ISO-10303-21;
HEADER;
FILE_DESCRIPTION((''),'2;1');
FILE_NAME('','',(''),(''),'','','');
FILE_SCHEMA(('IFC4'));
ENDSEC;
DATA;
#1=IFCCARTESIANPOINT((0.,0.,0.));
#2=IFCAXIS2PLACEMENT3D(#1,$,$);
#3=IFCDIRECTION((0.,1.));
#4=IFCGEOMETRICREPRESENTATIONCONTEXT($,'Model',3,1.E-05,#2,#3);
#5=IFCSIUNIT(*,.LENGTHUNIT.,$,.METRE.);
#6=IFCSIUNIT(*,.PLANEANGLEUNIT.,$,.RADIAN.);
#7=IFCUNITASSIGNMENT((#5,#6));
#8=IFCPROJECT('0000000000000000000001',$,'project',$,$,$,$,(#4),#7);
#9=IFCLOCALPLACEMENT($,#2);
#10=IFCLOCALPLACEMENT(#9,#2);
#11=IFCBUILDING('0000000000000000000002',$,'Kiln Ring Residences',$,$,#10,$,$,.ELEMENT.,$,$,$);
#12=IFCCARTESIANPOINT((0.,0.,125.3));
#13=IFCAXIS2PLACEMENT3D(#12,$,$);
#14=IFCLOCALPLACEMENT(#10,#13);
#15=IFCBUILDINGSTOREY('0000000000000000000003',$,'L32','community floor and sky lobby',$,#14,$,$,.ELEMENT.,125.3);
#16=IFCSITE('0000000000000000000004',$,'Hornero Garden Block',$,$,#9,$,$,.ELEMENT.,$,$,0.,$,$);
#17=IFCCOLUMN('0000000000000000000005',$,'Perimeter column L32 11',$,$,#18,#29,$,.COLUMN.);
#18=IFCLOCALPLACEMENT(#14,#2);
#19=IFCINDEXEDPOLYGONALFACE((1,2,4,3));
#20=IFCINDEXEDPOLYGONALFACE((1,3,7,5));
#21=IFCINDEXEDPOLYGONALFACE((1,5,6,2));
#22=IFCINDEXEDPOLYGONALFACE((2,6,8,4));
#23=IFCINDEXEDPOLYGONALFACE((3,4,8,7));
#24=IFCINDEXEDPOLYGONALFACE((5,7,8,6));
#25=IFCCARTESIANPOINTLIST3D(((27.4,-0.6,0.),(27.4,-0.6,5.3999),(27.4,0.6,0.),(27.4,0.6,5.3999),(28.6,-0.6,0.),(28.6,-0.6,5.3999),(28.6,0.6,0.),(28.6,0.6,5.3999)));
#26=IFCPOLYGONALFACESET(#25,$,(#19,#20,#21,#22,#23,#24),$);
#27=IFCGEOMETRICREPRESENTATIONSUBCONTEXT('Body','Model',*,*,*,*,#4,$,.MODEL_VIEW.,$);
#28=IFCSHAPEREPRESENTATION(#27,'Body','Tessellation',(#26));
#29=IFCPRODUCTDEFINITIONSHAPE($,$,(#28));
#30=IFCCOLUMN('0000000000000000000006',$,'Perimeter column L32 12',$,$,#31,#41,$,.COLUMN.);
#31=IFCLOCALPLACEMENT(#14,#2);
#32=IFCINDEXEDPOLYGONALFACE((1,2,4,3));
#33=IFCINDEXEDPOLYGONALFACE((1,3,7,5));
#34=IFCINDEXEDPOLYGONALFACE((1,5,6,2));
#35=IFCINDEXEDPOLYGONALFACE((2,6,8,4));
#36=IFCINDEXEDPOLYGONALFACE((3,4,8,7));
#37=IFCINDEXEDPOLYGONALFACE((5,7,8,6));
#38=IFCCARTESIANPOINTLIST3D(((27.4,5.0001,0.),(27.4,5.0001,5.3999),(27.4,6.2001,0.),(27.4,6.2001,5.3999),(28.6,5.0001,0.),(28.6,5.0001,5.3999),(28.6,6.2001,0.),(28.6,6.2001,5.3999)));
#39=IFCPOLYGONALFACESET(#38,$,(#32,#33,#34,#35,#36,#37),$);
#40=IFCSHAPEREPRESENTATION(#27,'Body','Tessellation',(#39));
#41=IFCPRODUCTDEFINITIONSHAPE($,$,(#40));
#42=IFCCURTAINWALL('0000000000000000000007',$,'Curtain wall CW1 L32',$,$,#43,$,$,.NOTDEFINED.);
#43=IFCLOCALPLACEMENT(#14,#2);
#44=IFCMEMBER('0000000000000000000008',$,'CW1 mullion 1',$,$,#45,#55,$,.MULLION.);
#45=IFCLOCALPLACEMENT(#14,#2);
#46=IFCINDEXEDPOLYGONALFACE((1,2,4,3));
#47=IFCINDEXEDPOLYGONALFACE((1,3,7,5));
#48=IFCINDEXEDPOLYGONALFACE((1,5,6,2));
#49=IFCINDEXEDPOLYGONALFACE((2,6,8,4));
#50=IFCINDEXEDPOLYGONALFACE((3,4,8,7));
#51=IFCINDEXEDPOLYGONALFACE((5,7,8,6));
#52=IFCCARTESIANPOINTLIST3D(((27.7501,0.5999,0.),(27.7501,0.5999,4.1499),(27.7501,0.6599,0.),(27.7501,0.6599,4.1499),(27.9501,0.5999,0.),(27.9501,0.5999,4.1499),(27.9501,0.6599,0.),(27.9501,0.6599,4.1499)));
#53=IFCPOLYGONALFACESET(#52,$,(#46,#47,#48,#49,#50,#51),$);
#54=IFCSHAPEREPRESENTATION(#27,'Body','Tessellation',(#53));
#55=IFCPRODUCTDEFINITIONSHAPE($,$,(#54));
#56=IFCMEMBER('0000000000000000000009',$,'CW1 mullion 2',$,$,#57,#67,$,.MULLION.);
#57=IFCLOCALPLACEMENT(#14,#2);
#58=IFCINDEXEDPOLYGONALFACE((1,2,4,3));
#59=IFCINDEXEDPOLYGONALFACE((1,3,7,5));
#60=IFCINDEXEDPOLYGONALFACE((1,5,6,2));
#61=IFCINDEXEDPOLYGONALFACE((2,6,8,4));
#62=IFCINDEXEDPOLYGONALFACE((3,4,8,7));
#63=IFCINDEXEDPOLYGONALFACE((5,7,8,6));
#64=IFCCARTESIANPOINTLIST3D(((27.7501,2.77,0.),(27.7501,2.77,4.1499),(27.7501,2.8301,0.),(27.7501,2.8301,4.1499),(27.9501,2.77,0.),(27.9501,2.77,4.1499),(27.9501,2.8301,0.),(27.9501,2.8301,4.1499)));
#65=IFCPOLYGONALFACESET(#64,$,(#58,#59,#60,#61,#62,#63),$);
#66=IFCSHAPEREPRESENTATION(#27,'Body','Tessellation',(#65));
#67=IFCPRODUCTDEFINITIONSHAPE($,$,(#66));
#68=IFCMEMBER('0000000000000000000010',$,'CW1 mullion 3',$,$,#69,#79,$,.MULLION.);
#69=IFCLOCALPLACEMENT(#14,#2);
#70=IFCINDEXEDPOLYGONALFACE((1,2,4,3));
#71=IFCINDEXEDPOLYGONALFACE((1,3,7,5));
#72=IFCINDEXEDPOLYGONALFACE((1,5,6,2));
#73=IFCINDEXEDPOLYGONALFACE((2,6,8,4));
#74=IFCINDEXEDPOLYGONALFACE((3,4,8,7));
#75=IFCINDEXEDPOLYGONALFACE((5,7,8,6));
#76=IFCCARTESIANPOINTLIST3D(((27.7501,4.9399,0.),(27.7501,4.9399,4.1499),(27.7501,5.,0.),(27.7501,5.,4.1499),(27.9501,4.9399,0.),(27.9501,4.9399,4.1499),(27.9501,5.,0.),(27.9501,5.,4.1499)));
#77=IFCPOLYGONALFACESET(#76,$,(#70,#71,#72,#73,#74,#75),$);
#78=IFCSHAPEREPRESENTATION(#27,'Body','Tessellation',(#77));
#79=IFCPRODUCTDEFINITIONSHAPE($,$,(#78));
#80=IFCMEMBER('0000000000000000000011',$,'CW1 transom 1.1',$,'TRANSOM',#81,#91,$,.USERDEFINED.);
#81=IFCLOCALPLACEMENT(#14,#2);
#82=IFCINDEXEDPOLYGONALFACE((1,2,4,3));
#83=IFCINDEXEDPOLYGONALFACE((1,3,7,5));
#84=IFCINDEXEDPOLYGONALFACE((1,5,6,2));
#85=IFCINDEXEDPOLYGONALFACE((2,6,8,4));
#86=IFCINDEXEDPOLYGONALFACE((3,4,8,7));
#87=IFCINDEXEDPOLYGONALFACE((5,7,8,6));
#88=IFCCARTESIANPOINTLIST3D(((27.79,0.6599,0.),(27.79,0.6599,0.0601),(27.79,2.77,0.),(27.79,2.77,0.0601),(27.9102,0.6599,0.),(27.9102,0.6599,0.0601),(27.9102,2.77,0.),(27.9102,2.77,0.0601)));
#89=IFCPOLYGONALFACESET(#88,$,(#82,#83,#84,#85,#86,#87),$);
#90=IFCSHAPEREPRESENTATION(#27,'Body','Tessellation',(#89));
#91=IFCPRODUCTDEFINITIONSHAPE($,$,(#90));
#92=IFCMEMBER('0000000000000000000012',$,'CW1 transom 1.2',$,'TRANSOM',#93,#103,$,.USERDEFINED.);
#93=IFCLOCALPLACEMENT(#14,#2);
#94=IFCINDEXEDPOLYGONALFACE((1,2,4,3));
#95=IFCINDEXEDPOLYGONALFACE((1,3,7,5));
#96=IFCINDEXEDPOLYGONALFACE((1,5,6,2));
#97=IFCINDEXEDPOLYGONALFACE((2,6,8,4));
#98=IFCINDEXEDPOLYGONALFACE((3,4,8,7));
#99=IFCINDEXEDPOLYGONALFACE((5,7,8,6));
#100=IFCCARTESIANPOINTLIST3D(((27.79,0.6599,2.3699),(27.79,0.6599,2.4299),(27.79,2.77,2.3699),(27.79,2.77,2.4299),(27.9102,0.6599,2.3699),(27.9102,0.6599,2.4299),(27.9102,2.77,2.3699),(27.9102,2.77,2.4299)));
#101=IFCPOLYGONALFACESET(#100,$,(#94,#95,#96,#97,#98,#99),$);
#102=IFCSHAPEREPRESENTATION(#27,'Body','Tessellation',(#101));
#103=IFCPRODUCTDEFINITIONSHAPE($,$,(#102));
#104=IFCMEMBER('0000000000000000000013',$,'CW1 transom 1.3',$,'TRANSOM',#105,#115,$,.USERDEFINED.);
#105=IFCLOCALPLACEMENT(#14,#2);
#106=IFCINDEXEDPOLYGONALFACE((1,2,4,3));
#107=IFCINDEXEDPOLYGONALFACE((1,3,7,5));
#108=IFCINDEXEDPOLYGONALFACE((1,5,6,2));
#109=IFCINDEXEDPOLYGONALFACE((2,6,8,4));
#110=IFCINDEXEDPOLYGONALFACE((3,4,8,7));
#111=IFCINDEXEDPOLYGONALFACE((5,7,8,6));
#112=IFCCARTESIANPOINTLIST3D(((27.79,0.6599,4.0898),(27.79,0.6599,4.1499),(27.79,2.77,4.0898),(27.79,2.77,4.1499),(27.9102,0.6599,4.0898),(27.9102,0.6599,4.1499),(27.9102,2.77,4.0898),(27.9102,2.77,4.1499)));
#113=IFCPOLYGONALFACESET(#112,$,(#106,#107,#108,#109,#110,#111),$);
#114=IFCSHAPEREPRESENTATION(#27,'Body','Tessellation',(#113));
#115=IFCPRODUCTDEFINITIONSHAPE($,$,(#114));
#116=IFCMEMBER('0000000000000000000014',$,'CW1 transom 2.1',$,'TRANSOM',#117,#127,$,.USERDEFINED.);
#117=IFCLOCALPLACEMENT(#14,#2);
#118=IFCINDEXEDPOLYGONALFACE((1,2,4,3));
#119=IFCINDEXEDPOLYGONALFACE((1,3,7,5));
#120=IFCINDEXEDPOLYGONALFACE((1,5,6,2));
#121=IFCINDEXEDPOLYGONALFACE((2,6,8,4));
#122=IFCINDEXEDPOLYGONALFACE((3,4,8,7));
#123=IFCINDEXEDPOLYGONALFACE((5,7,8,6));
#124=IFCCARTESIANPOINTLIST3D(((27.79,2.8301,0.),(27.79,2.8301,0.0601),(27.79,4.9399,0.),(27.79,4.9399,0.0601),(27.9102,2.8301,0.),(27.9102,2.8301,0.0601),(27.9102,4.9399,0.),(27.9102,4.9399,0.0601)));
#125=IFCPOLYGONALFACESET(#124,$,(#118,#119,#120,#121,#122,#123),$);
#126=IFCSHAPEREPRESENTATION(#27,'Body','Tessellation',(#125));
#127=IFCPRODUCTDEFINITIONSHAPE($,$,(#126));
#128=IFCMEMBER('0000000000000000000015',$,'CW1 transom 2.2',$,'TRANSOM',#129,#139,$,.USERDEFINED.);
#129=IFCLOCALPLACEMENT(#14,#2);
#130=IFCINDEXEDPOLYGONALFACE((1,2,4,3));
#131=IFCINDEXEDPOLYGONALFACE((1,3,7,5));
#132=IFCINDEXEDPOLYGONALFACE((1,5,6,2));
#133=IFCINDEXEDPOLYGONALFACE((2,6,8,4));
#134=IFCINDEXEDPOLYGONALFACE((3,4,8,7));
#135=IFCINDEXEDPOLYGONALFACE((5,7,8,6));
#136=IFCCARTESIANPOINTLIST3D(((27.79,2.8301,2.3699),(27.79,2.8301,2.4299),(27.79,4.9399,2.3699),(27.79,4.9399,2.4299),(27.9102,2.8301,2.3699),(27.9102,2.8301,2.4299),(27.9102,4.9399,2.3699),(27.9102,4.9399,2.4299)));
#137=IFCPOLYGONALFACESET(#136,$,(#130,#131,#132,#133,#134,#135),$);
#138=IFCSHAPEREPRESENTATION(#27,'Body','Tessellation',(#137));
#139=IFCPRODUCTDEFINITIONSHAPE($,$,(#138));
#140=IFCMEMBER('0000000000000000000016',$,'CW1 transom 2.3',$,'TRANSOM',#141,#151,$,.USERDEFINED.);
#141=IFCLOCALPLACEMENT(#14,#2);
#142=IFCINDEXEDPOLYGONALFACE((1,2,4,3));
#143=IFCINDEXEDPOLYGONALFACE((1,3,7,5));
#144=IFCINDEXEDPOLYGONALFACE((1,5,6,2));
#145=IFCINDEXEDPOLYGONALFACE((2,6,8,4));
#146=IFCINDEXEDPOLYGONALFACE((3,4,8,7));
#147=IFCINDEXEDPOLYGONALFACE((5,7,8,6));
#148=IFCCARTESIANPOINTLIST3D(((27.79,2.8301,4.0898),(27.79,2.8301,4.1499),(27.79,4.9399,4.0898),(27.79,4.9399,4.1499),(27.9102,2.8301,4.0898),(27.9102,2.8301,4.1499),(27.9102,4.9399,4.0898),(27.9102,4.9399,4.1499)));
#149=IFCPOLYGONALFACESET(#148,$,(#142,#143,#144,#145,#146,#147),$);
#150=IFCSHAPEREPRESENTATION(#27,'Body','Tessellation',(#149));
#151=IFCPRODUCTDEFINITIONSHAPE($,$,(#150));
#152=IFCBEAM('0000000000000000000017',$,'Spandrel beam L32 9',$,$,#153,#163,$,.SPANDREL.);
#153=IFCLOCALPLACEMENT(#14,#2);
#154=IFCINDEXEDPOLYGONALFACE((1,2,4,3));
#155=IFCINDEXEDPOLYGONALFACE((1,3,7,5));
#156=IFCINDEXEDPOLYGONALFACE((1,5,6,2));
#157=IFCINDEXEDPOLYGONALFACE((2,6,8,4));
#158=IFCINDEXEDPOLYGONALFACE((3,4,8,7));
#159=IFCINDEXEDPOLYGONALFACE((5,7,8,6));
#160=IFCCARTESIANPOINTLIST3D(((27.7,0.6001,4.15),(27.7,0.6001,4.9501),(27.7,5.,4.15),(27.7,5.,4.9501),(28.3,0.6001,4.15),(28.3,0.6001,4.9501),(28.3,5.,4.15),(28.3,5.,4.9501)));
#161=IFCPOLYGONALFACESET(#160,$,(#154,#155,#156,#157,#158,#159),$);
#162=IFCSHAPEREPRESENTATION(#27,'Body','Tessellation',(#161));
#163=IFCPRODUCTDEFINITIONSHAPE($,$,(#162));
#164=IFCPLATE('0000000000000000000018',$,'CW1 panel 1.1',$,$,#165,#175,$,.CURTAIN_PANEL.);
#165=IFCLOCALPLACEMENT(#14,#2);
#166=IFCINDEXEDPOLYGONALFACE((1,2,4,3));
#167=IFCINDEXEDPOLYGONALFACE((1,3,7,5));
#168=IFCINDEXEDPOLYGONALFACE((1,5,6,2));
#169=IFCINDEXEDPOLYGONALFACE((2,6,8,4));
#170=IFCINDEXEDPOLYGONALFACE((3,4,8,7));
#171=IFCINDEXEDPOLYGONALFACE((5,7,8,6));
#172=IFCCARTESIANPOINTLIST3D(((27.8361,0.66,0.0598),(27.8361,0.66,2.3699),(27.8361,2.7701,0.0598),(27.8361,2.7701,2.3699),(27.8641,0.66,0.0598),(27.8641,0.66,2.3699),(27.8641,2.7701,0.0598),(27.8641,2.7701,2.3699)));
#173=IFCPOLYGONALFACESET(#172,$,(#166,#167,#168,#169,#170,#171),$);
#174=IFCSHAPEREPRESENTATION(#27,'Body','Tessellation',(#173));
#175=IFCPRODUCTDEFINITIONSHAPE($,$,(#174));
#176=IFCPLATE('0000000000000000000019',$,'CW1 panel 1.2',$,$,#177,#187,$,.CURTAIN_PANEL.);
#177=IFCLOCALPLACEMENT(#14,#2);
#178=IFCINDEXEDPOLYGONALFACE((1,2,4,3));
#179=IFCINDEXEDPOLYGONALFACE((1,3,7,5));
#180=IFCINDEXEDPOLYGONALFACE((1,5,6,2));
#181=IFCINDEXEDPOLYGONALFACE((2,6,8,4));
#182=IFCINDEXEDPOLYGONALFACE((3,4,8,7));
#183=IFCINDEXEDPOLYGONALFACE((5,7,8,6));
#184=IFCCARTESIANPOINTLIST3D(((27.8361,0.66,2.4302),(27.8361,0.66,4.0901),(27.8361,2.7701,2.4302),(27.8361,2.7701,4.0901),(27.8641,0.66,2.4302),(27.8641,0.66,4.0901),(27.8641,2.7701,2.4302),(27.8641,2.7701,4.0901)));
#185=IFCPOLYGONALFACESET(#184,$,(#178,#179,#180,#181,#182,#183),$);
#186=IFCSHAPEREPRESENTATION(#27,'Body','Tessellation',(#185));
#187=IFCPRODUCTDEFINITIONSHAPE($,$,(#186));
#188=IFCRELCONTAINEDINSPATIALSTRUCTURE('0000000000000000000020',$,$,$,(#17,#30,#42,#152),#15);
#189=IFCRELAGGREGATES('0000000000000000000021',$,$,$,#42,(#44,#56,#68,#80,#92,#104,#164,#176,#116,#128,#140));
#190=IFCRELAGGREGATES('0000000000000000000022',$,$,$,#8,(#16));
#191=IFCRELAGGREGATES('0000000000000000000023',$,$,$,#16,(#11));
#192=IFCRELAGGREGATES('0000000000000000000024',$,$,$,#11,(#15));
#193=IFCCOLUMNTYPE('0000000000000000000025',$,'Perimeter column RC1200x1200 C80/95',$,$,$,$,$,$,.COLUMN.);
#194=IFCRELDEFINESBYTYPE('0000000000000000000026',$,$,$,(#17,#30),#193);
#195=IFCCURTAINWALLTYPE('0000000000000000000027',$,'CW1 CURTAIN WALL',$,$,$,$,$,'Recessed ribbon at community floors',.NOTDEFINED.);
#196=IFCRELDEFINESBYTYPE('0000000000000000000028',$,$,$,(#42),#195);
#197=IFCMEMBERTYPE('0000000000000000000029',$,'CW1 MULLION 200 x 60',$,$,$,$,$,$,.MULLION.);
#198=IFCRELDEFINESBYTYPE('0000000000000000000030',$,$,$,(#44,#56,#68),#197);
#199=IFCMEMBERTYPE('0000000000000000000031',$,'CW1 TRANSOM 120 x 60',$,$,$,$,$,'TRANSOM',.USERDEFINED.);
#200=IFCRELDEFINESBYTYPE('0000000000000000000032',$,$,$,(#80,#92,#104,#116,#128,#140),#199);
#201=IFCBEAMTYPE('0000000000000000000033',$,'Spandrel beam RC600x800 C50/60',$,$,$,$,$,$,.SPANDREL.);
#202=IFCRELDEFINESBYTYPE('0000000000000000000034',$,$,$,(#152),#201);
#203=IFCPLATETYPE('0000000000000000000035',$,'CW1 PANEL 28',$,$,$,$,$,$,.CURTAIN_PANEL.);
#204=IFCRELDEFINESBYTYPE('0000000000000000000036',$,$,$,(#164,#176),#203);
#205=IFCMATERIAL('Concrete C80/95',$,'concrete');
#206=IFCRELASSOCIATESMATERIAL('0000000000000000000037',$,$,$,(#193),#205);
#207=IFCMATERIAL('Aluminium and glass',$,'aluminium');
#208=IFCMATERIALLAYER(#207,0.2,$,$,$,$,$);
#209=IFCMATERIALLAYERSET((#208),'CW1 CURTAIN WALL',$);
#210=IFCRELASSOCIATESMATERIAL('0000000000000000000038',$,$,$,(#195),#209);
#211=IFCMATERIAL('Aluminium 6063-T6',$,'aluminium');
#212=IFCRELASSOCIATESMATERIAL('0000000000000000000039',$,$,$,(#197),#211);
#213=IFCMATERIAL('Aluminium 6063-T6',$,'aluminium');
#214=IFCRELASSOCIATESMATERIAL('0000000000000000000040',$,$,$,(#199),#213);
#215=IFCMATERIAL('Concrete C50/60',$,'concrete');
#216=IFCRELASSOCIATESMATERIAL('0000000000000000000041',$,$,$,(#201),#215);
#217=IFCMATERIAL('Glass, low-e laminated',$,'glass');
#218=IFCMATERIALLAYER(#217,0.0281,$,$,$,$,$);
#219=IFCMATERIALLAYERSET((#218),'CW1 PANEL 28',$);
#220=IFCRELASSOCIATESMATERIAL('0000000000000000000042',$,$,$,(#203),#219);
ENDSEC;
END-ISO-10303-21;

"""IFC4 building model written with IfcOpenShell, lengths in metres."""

from ifc_helpers import new_model, si_unit, direction, frame, origin, origin_2d, place, context, subcontext, project, spatial, rectangle, extrude, material, layer, layer_set, material_profile, profile_set, type_object, element, aggregate, save


model = new_model("IFC4")

# Units and contexts
model_context = context("Model", 3, precision=1e-05, world=origin(), true_north=direction((0.0, 1.0)))
body_context = subcontext(model_context, "Body", "Model", "MODEL_VIEW")
ifc_project = project(units=[si_unit("LENGTHUNIT", "METRE"), si_unit("PLANEANGLEUNIT", "RADIAN")], contexts=[model_context])

# Site, building, storey
site_placement = place(None, origin())
site = spatial("IfcSite", under=ifc_project, at=site_placement, Name="Hornero Garden Block", CompositionType="ELEMENT", RefElevation=0.0)
building_placement = place(site_placement, origin())
building = spatial("IfcBuilding", under=site, at=building_placement, Name="Kiln Ring Residences", CompositionType="ELEMENT")
storey_placement = place(building_placement, frame((0.0, 0.0, 125.3)))
storey = spatial("IfcBuildingStorey", under=building, at=storey_placement, Name="L32", Description="community floor and sky lobby", CompositionType="ELEMENT", Elevation=125.3)

# Columns
ifc_material_1 = material(Name="Concrete C80/95", Category="concrete")
ifc_material_profile_1 = material_profile(ifc_material_1, rectangle(XDim=1.2, YDim=1.2, at=origin_2d()), Name="RC1200x1200")
ifc_profile_set_1 = profile_set([ifc_material_profile_1], Name="Concrete C80/95")
column_type = type_object("IfcColumnType", Name="Perimeter column RC1200x1200 C80/95", PredefinedType="COLUMN", material=ifc_profile_set_1)
for number, where, z_axis, x_axis, name in (
    (1, (28.0, 0.0, 0.0), (0.0, 0.0, 1.0), (1.0, 0.0, 0.0), "Perimeter column L32 11"),
    (2, (28.0, 5.6001, 0.0), (0.0, 0.0, 1.0), (1.0, 0.0, 0.0), "Perimeter column L32 12"),
):
    element("IfcColumn", number, at=place(storey_placement, frame(where, z_axis=z_axis, x_axis=x_axis)), inside=storey, type_object=column_type, Name=name, PredefinedType="COLUMN", context=body_context, shape_type="SweptSolid", body=[
        extrude(rectangle(XDim=1.2, YDim=1.2, at=origin_2d()), origin(), (0.0, 0.0, 1.0), 5.3999),
    ])

# Curtain wall, members
ifc_material_2 = material(Name="Aluminium and glass", Category="aluminium")
ifc_layer_1 = layer(ifc_material_2, 0.2)
ifc_layer_set_1 = layer_set([ifc_layer_1], Name="CW1 CURTAIN WALL")
curtain_wall_type = type_object("IfcCurtainWallType", Name="CW1 CURTAIN WALL", ElementType="Recessed ribbon at community floors", PredefinedType="NOTDEFINED", material=ifc_layer_set_1)
placement = place(storey_placement, origin())
curtain_wall = element("IfcCurtainWall", 3, at=placement, inside=storey, type_object=curtain_wall_type, Name="Curtain wall CW1 L32", PredefinedType="NOTDEFINED")
ifc_material_3 = material(Name="Aluminium 6063-T6", Category="aluminium")
ifc_material_profile_2 = material_profile(ifc_material_3, rectangle(XDim=0.2, YDim=0.0601, at=origin_2d()), Name="AL 200x60")
ifc_profile_set_2 = profile_set([ifc_material_profile_2], Name="Aluminium 6063-T6")
member_type_1 = type_object("IfcMemberType", Name="CW1 MULLION 200 x 60", PredefinedType="MULLION", material=ifc_profile_set_2)
member_1_placement = place(storey_placement, frame((27.8501, 0.6299, 0.0), z_axis=(0.0, 0.0, 1.0), x_axis=(-1.0, 0.0, 0.0)))
member_1 = element("IfcMember", 4, at=member_1_placement, type_object=member_type_1, Name="CW1 mullion 1", PredefinedType="MULLION", context=body_context, shape_type="SweptSolid", body=[
    extrude(rectangle(XDim=0.2, YDim=0.0601, at=origin_2d()), origin(), (0.0, 0.0, 1.0), 4.1499),
])
member_2_placement = place(storey_placement, frame((27.8501, 2.8, 0.0), z_axis=(0.0, 0.0, 1.0), x_axis=(-1.0, 0.0, 0.0)))
member_2 = element("IfcMember", 5, at=member_2_placement, type_object=member_type_1, Name="CW1 mullion 2", PredefinedType="MULLION", context=body_context, shape_type="SweptSolid", body=[
    extrude(rectangle(XDim=0.2, YDim=0.0601, at=origin_2d()), origin(), (0.0, 0.0, 1.0), 4.1499),
])
member_3_placement = place(storey_placement, frame((27.8501, 4.97, 0.0), z_axis=(0.0, 0.0, 1.0), x_axis=(-1.0, 0.0, 0.0)))
member_3 = element("IfcMember", 6, at=member_3_placement, type_object=member_type_1, Name="CW1 mullion 3", PredefinedType="MULLION", context=body_context, shape_type="SweptSolid", body=[
    extrude(rectangle(XDim=0.2, YDim=0.0601, at=origin_2d()), origin(), (0.0, 0.0, 1.0), 4.1499),
])
ifc_material_4 = material(Name="Aluminium 6063-T6", Category="aluminium")
ifc_material_profile_3 = material_profile(ifc_material_4, rectangle(XDim=0.1201, YDim=0.0601, at=origin_2d()), Name="AL 120x60")
ifc_profile_set_3 = profile_set([ifc_material_profile_3], Name="Aluminium 6063-T6")
member_type_2 = type_object("IfcMemberType", Name="CW1 TRANSOM 120 x 60", ElementType="TRANSOM", PredefinedType="USERDEFINED", material=ifc_profile_set_3)
member_4_placement = place(storey_placement, frame((27.8501, 0.6599, 0.03), z_axis=(0.0, 1.0, 0.0), x_axis=(-1.0, 0.0, 0.0)))
member_4 = element("IfcMember", 7, at=member_4_placement, type_object=member_type_2, Name="CW1 transom 1.1", ObjectType="TRANSOM", PredefinedType="USERDEFINED", context=body_context, shape_type="SweptSolid", body=[
    extrude(rectangle(XDim=0.1201, YDim=0.0601, at=origin_2d()), origin(), (0.0, 0.0, 1.0), 2.1101),
])
member_5_placement = place(storey_placement, frame((27.8501, 0.6599, 2.3999), z_axis=(0.0, 1.0, 0.0), x_axis=(-1.0, 0.0, 0.0)))
member_5 = element("IfcMember", 8, at=member_5_placement, type_object=member_type_2, Name="CW1 transom 1.2", ObjectType="TRANSOM", PredefinedType="USERDEFINED", context=body_context, shape_type="SweptSolid", body=[
    extrude(rectangle(XDim=0.1201, YDim=0.0601, at=origin_2d()), origin(), (0.0, 0.0, 1.0), 2.1101),
])
member_6_placement = place(storey_placement, frame((27.8501, 0.6599, 4.1199), z_axis=(0.0, 1.0, 0.0), x_axis=(-1.0, 0.0, 0.0)))
member_6 = element("IfcMember", 9, at=member_6_placement, type_object=member_type_2, Name="CW1 transom 1.3", ObjectType="TRANSOM", PredefinedType="USERDEFINED", context=body_context, shape_type="SweptSolid", body=[
    extrude(rectangle(XDim=0.1201, YDim=0.0601, at=origin_2d()), origin(), (0.0, 0.0, 1.0), 2.1101),
])
member_7_placement = place(storey_placement, frame((27.8501, 2.8301, 0.03), z_axis=(0.0, 1.0, 0.0), x_axis=(-1.0, 0.0, 0.0)))
member_7 = element("IfcMember", 10, at=member_7_placement, type_object=member_type_2, Name="CW1 transom 2.1", ObjectType="TRANSOM", PredefinedType="USERDEFINED", context=body_context, shape_type="SweptSolid", body=[
    extrude(rectangle(XDim=0.1201, YDim=0.0601, at=origin_2d()), origin(), (0.0, 0.0, 1.0), 2.1099),
])
member_8_placement = place(storey_placement, frame((27.8501, 2.8301, 2.3999), z_axis=(0.0, 1.0, 0.0), x_axis=(-1.0, 0.0, 0.0)))
member_8 = element("IfcMember", 11, at=member_8_placement, type_object=member_type_2, Name="CW1 transom 2.2", ObjectType="TRANSOM", PredefinedType="USERDEFINED", context=body_context, shape_type="SweptSolid", body=[
    extrude(rectangle(XDim=0.1201, YDim=0.0601, at=origin_2d()), origin(), (0.0, 0.0, 1.0), 2.1099),
])
member_9_placement = place(storey_placement, frame((27.8501, 2.8301, 4.1199), z_axis=(0.0, 1.0, 0.0), x_axis=(-1.0, 0.0, 0.0)))
member_9 = element("IfcMember", 12, at=member_9_placement, type_object=member_type_2, Name="CW1 transom 2.3", ObjectType="TRANSOM", PredefinedType="USERDEFINED", context=body_context, shape_type="SweptSolid", body=[
    extrude(rectangle(XDim=0.1201, YDim=0.0601, at=origin_2d()), origin(), (0.0, 0.0, 1.0), 2.1099),
])

# Beam
ifc_material_5 = material(Name="Concrete C50/60", Category="concrete")
ifc_material_profile_4 = material_profile(ifc_material_5, rectangle(XDim=0.6001, YDim=0.8, at=origin_2d()), Name="RC600x800")
ifc_profile_set_4 = profile_set([ifc_material_profile_4], Name="Concrete C50/60")
beam_type = type_object("IfcBeamType", Name="Spandrel beam RC600x800 C50/60", PredefinedType="SPANDREL", material=ifc_profile_set_4)
beam_placement = place(storey_placement, frame((28.0, 0.6001, 4.55), z_axis=(0.0, 1.0, 0.0), x_axis=(-1.0, 0.0, 0.0)))
element("IfcBeam", 13, at=beam_placement, inside=storey, type_object=beam_type, Name="Spandrel beam L32 9", PredefinedType="SPANDREL", context=body_context, shape_type="SweptSolid", body=[
    extrude(rectangle(XDim=0.6001, YDim=0.8, at=origin_2d()), origin(), (0.0, 0.0, 1.0), 4.3999),
])

# Plates
ifc_material_6 = material(Name="Glass, low-e laminated", Category="glass")
ifc_layer_2 = layer(ifc_material_6, 0.0281)
ifc_layer_set_2 = layer_set([ifc_layer_2], Name="CW1 PANEL 28")
plate_type = type_object("IfcPlateType", Name="CW1 PANEL 28", PredefinedType="CURTAIN_PANEL", material=ifc_layer_set_2)
plate_1_placement = place(storey_placement, frame((27.8501, 1.7151, 0.0598), z_axis=(0.0, 0.0, 1.0), x_axis=(0.0, 1.0, 0.0)))
plate_1 = element("IfcPlate", 14, at=plate_1_placement, type_object=plate_type, Name="CW1 panel 1.1", PredefinedType="CURTAIN_PANEL", context=body_context, shape_type="SweptSolid", body=[
    extrude(rectangle(XDim=2.1101, YDim=0.0281, at=origin_2d()), origin(), (0.0, 0.0, 1.0), 2.3101),
])
plate_2_placement = place(storey_placement, frame((27.8501, 1.7151, 2.4302), z_axis=(0.0, 0.0, 1.0), x_axis=(0.0, 1.0, 0.0)))
plate_2 = element("IfcPlate", 15, at=plate_2_placement, type_object=plate_type, Name="CW1 panel 1.2", PredefinedType="CURTAIN_PANEL", context=body_context, shape_type="SweptSolid", body=[
    extrude(rectangle(XDim=2.1101, YDim=0.0281, at=origin_2d()), origin(), (0.0, 0.0, 1.0), 1.6599),
])
aggregate(curtain_wall, [member_1, member_2, member_3, member_4, member_5, member_6, plate_1, plate_2, member_7, member_8, member_9])

save(model, "model.ifc")
